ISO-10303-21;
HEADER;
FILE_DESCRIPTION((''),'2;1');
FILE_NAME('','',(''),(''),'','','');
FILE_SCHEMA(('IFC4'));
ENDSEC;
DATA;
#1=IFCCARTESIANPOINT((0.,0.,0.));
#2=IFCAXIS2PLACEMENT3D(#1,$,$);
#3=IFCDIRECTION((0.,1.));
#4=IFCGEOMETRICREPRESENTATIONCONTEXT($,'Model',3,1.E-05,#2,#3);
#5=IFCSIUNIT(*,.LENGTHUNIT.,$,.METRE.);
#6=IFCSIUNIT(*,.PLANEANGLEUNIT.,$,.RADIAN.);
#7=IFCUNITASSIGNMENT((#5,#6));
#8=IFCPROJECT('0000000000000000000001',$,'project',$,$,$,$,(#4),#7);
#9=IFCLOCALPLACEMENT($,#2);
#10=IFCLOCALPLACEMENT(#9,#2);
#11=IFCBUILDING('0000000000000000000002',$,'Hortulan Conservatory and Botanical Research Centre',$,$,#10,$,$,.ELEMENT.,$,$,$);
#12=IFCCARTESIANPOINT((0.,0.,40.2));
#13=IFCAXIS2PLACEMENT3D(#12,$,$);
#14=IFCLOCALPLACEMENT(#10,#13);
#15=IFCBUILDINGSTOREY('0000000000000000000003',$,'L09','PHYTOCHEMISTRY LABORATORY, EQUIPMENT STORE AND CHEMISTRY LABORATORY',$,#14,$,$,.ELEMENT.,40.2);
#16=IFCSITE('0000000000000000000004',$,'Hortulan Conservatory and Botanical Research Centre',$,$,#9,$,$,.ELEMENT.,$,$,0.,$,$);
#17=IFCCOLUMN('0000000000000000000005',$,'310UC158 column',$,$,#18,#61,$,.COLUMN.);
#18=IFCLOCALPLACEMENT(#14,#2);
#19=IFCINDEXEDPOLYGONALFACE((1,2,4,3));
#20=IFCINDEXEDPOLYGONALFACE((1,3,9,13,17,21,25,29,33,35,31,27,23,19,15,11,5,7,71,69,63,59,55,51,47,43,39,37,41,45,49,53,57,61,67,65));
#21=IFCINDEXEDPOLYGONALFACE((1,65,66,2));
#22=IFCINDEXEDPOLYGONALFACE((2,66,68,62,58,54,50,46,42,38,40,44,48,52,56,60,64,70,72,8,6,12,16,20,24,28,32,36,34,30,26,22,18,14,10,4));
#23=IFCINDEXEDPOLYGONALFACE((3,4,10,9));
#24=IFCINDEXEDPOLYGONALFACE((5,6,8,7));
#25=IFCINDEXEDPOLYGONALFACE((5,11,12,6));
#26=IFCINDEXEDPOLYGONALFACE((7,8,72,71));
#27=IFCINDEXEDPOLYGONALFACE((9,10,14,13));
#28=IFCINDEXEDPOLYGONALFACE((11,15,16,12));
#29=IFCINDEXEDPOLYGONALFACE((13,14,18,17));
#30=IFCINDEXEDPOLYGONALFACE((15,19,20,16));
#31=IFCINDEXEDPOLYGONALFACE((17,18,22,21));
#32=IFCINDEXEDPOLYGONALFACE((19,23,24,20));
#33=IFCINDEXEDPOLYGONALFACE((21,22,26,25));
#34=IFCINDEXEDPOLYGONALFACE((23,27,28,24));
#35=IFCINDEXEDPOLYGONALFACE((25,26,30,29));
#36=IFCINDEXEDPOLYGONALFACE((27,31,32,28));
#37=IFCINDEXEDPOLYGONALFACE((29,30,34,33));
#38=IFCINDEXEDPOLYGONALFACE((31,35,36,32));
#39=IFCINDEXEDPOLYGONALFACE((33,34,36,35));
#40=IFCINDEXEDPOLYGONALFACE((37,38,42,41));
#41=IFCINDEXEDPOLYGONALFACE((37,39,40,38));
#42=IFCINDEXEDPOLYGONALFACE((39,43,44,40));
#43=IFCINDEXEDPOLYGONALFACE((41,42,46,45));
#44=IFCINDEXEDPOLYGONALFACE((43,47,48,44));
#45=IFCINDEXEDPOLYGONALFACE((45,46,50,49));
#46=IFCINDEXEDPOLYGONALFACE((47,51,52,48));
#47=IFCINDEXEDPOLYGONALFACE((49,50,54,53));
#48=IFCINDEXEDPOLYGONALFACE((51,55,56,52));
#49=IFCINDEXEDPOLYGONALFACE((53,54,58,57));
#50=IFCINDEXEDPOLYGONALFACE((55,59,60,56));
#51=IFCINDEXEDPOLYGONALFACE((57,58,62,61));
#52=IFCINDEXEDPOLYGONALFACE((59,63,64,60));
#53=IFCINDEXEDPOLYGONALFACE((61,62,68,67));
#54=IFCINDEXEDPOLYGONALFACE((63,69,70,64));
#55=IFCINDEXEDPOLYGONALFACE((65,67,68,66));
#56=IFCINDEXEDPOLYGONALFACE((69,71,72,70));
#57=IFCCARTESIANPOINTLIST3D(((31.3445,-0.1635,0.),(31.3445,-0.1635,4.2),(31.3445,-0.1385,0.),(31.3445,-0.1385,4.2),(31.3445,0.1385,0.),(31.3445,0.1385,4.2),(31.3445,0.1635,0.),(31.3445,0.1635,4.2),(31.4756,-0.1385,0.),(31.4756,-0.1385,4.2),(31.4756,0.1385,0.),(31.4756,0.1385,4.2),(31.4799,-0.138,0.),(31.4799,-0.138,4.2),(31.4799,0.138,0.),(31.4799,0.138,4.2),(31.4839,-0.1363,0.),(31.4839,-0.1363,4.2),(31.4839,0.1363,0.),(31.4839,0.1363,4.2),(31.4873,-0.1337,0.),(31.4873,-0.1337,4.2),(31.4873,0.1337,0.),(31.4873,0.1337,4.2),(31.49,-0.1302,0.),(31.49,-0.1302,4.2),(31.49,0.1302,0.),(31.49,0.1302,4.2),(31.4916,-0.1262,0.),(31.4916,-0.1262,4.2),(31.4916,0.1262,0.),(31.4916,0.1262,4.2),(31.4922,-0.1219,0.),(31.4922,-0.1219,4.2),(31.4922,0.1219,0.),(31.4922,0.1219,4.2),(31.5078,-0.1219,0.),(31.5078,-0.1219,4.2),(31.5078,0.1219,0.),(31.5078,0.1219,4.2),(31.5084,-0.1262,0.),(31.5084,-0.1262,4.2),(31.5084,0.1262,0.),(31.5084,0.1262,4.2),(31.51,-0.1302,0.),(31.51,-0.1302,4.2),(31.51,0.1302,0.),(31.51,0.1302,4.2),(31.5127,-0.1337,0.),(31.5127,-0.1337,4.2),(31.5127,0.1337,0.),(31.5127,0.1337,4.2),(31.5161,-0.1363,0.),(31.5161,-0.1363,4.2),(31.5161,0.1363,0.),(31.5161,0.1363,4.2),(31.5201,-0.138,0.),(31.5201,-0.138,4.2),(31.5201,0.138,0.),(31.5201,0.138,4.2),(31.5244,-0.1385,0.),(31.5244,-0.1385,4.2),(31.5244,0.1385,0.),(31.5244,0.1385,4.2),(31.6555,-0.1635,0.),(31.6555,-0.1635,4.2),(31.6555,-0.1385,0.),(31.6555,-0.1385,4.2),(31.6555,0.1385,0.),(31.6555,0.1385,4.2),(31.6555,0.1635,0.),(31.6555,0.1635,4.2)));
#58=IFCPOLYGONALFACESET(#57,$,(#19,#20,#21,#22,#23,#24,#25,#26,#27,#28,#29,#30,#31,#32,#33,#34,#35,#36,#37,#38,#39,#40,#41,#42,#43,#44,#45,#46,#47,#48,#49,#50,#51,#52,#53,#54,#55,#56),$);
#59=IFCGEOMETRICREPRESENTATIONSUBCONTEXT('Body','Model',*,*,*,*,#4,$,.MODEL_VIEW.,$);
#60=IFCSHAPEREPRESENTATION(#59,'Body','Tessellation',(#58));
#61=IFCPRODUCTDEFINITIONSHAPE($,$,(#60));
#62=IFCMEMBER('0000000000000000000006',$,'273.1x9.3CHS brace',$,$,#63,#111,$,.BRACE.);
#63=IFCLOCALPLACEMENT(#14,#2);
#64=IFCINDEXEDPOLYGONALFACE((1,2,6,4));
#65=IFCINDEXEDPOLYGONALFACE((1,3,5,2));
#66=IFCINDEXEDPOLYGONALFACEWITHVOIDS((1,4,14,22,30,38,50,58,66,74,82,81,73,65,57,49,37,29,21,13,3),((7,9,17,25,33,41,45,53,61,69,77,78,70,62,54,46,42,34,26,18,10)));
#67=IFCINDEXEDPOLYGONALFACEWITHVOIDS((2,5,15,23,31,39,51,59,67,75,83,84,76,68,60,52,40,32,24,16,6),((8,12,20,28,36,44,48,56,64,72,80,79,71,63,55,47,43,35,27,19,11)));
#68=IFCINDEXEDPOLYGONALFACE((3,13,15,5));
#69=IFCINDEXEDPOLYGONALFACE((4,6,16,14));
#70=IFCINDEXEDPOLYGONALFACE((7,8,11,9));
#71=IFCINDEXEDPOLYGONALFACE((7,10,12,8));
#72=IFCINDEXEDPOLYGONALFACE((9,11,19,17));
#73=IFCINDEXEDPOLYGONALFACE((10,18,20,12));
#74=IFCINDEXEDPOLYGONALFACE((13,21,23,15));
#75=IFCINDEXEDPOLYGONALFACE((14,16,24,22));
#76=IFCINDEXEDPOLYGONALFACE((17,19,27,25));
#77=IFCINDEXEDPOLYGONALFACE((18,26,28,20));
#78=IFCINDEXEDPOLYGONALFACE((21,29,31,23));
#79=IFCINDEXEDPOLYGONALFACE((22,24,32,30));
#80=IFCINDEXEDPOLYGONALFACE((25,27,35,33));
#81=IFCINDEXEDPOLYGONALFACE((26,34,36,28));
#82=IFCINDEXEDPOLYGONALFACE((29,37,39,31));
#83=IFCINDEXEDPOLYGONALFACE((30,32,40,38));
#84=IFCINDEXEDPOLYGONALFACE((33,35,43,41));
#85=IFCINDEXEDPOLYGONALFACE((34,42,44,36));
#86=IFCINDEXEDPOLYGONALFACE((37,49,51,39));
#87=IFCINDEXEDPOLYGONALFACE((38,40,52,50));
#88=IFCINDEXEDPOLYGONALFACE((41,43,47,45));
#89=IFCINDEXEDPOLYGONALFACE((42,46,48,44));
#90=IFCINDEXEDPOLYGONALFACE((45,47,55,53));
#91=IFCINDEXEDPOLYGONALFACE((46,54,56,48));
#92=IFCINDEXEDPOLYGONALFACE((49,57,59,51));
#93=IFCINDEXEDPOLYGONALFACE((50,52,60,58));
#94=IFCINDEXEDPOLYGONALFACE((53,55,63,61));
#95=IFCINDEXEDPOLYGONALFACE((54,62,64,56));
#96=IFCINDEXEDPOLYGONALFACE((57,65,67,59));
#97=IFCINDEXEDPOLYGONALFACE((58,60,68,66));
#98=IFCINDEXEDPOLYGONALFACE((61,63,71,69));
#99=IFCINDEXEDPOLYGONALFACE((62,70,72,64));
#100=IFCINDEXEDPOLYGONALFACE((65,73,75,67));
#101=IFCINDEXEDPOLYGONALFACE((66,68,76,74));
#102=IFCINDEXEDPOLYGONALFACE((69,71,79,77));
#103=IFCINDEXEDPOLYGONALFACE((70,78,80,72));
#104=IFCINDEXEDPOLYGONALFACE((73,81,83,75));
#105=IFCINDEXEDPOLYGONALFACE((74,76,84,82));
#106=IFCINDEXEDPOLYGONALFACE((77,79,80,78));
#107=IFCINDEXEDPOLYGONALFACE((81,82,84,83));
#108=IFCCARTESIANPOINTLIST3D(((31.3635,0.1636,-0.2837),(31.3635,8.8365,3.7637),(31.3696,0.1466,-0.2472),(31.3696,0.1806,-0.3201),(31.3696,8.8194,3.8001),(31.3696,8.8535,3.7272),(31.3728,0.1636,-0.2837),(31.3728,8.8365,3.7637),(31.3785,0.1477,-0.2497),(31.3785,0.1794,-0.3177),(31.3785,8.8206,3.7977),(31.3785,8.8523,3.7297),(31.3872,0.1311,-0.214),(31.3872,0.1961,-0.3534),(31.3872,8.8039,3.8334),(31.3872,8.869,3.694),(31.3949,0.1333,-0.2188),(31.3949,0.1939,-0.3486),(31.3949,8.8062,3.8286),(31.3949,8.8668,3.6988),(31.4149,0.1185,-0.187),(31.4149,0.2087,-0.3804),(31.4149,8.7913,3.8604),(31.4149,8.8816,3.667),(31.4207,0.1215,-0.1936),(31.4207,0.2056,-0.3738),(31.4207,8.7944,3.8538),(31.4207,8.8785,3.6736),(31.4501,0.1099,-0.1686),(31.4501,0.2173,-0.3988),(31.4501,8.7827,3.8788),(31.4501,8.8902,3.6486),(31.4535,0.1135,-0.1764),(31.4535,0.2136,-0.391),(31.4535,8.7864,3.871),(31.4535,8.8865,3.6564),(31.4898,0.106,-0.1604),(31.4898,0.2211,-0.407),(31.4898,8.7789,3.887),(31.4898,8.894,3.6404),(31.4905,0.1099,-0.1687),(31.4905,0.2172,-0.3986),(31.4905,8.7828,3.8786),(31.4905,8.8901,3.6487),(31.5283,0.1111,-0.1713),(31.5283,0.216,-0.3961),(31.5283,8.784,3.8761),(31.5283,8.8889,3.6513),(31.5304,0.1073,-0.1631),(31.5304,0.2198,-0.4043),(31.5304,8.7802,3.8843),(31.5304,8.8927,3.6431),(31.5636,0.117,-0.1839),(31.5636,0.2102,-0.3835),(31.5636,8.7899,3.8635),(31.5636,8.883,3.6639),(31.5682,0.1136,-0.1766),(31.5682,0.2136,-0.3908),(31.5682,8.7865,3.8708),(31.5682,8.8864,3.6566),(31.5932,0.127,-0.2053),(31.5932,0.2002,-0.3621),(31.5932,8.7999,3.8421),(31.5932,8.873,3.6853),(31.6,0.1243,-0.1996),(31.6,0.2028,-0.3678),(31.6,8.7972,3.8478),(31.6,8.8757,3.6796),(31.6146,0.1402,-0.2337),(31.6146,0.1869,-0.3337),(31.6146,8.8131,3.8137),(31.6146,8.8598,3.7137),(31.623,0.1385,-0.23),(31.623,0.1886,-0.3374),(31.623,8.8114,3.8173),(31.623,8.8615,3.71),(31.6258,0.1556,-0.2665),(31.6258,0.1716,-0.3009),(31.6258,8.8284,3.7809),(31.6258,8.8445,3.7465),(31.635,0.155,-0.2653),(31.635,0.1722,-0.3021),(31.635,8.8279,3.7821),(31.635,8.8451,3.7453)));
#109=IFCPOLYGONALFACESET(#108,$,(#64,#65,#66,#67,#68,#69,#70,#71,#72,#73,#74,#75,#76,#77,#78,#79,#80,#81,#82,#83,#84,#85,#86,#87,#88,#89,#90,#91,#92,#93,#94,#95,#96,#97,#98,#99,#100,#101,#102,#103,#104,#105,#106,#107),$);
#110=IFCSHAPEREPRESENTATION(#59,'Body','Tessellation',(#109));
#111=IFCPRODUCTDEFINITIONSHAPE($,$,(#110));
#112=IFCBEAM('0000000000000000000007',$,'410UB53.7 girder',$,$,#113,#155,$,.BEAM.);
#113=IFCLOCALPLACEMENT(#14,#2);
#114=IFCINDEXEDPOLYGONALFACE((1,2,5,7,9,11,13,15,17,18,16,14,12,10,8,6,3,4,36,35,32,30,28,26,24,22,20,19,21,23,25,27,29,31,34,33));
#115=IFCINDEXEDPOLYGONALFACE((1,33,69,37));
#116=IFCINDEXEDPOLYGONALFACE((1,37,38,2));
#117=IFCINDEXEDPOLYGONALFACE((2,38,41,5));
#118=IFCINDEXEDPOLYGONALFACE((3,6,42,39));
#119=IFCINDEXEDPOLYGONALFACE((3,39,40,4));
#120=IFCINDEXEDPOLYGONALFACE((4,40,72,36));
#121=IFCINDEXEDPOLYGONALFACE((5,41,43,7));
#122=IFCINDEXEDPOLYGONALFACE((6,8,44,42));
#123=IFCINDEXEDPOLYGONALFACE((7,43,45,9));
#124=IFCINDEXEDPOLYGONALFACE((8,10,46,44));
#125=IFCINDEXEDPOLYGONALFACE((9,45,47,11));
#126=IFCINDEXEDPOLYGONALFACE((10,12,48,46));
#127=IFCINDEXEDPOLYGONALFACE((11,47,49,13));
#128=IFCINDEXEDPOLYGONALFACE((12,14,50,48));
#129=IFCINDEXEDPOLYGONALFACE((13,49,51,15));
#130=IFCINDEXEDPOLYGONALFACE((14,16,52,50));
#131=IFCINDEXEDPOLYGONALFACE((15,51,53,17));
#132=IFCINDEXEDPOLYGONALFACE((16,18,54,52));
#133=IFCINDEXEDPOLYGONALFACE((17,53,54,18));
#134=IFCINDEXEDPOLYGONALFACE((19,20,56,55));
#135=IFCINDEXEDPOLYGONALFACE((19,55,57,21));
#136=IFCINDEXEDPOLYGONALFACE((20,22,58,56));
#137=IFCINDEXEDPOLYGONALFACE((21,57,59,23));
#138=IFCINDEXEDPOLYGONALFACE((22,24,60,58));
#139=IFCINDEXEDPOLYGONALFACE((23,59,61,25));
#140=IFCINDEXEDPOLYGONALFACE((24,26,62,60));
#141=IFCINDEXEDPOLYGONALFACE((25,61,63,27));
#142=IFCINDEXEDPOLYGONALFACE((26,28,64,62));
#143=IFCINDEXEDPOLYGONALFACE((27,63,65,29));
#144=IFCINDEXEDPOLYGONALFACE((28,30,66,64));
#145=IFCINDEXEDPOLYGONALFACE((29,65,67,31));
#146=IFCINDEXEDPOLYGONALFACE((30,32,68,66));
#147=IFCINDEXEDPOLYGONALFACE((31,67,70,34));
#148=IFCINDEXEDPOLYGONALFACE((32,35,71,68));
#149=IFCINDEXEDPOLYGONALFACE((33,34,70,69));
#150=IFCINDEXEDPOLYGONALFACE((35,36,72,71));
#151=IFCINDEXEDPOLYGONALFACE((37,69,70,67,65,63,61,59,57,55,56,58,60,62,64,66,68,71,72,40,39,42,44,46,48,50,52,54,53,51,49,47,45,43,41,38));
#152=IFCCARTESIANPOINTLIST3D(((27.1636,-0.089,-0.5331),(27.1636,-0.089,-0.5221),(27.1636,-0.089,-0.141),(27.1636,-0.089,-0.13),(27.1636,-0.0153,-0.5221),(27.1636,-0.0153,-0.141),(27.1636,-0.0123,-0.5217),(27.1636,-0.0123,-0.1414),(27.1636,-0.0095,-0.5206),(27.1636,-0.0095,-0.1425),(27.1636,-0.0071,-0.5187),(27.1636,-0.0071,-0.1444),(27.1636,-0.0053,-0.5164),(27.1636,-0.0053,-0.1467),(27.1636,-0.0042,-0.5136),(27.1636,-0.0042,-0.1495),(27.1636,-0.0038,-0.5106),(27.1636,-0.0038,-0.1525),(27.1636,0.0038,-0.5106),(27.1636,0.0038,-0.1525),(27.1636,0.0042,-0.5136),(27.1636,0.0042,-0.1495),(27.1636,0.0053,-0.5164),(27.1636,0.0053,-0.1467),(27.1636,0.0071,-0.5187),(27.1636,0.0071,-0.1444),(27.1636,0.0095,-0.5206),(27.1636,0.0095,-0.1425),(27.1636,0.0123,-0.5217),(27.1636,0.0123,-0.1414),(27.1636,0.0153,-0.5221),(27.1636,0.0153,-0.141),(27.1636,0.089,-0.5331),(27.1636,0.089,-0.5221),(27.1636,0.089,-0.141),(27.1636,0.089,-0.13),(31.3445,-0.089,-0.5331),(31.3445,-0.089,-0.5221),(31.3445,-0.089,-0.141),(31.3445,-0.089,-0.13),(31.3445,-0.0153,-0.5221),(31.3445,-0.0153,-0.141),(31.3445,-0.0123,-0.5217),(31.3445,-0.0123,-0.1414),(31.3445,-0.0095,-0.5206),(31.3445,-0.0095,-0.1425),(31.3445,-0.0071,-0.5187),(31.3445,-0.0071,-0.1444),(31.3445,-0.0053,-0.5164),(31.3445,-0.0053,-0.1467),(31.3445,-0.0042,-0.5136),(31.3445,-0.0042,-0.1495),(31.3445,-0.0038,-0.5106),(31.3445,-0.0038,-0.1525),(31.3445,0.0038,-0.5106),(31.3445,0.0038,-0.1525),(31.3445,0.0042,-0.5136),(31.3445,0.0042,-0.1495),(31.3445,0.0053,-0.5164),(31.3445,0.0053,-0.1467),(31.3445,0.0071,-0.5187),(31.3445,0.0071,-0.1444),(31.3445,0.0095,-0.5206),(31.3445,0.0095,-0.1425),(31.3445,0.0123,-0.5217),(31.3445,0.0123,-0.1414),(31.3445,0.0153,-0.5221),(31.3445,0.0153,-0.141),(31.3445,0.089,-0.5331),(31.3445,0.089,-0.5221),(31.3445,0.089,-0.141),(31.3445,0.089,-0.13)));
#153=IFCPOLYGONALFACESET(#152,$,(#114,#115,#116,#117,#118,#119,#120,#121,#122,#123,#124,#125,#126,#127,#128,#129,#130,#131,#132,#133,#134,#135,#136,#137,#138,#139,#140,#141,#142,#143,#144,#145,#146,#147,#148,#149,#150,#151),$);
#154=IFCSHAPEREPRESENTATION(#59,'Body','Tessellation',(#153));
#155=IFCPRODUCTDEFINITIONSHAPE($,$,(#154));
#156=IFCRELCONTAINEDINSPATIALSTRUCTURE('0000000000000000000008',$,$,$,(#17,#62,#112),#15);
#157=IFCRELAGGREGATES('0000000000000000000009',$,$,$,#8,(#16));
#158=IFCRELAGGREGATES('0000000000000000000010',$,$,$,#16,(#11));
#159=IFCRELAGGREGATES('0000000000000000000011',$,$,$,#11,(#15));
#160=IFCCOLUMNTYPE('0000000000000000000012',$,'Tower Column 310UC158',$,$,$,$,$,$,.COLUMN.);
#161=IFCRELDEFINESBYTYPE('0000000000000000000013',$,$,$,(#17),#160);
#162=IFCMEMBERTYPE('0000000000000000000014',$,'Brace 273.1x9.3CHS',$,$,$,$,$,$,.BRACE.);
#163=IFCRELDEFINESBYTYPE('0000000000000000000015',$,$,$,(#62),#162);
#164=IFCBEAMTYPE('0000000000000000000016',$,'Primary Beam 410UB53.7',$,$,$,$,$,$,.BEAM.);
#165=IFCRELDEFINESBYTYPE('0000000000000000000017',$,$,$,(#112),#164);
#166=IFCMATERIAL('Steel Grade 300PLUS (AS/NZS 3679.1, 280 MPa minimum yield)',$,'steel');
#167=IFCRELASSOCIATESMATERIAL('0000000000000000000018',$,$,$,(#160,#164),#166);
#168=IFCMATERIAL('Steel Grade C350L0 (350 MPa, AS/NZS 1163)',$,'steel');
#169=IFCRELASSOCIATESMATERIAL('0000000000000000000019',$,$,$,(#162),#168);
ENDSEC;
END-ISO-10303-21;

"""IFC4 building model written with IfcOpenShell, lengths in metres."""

from ifc_helpers import new_model, si_unit, direction, frame, origin, origin_2d, place, context, subcontext, project, spatial, hollow_circle, i_section, extrude, material, material_profile, profile_set, type_object, element, save


model = new_model("IFC4")

# Units and contexts
model_context = context("Model", 3, precision=1e-05, world=origin(), true_north=direction((0.0, 1.0)))
body_context = subcontext(model_context, "Body", "Model", "MODEL_VIEW")
ifc_project = project(units=[si_unit("LENGTHUNIT", "METRE"), si_unit("PLANEANGLEUNIT", "RADIAN")], contexts=[model_context])

# Site, building, storey
site_placement = place(None, origin())
site = spatial("IfcSite", under=ifc_project, at=site_placement, Name="Hortulan Conservatory and Botanical Research Centre", CompositionType="ELEMENT", RefElevation=0.0)
building_placement = place(site_placement, origin())
building = spatial("IfcBuilding", under=site, at=building_placement, Name="Hortulan Conservatory and Botanical Research Centre", CompositionType="ELEMENT")
storey_placement = place(building_placement, frame((0.0, 0.0, 40.2)))
storey = spatial("IfcBuildingStorey", under=building, at=storey_placement, Name="L09", Description="PHYTOCHEMISTRY LABORATORY, EQUIPMENT STORE AND CHEMISTRY LABORATORY", CompositionType="ELEMENT", Elevation=40.2)

# Column
ifc_material_1 = material(Name="Steel Grade 300PLUS (AS/NZS 3679.1, 280 MPa minimum yield)", Category="steel")
ifc_material_profile_1 = material_profile(ifc_material_1, i_section(OverallWidth=0.311, OverallDepth=0.3269, WebThickness=0.0156, FlangeThickness=0.0249, FilletRadius=0.0166, at=origin_2d()), Name="310UC158")
ifc_profile_set_1 = profile_set([ifc_material_profile_1], Name="Steel Grade 300PLUS (AS/NZS 3679.1, 280 MPa minimum yield)")
column_type = type_object("IfcColumnType", Name="Tower Column 310UC158", PredefinedType="COLUMN", material=ifc_profile_set_1)
column_placement = place(storey_placement, frame((31.5, 0.0, 0.0), z_axis=(0.0, 0.0, 1.0), x_axis=(1.0, 0.0, 0.0)))
element("IfcColumn", 1, at=column_placement, inside=storey, type_object=column_type, Name="310UC158 column", PredefinedType="COLUMN", context=body_context, shape_type="SweptSolid", body=[
    extrude(i_section(OverallWidth=0.311, OverallDepth=0.3269, WebThickness=0.0156, FlangeThickness=0.0249, FilletRadius=0.0166, at=origin_2d()), origin(), (0.0, 0.0, 1.0), 4.2),
])

# Member
ifc_material_2 = material(Name="Steel Grade C350L0 (350 MPa, AS/NZS 1163)", Category="steel")
ifc_material_profile_2 = material_profile(ifc_material_2, hollow_circle(Radius=0.1365, WallThickness=0.0093, at=origin_2d()), Name="273.1x9.3CHS")
ifc_profile_set_2 = profile_set([ifc_material_profile_2], Name="Steel Grade C350L0 (350 MPa, AS/NZS 1163)")
member_type = type_object("IfcMemberType", Name="Brace 273.1x9.3CHS", PredefinedType="BRACE", material=ifc_profile_set_2)
member_placement = place(storey_placement, frame((31.5, 0.1636, -0.2837), z_axis=(0.0, 0.906182, 0.422888), x_axis=(-1.0, 0.0, 0.0)))
element("IfcMember", 2, at=member_placement, inside=storey, type_object=member_type, Name="273.1x9.3CHS brace", PredefinedType="BRACE", context=body_context, shape_type="SweptSolid", body=[
    extrude(hollow_circle(Radius=0.1365, WallThickness=0.0093, at=origin_2d()), origin(), (0.0, 0.0, 1.0), 9.5708),
])

# Beam
ifc_material_profile_3 = material_profile(ifc_material_1, i_section(OverallWidth=0.178, OverallDepth=0.4031, WebThickness=0.0076, FlangeThickness=0.011, FilletRadius=0.0115, at=origin_2d()), Name="410UB53.7")
ifc_profile_set_3 = profile_set([ifc_material_profile_3], Name="Steel Grade 300PLUS (AS/NZS 3679.1, 280 MPa minimum yield)")
beam_type_1 = type_object("IfcBeamType", Name="Primary Beam 410UB53.7", PredefinedType="BEAM", material=ifc_profile_set_3)
beam_1_placement = place(storey_placement, frame((27.1636, 0.0, -0.3315), z_axis=(1.0, 0.0, 0.0), x_axis=(0.0, 1.0, 0.0)))
element("IfcBeam", 3, at=beam_1_placement, inside=storey, type_object=beam_type_1, Name="410UB53.7 girder", PredefinedType="BEAM", context=body_context, shape_type="SweptSolid", body=[
    extrude(i_section(OverallWidth=0.178, OverallDepth=0.4031, WebThickness=0.0076, FlangeThickness=0.011, FilletRadius=0.0115, at=origin_2d()), origin(), (0.0, 0.0, 1.0), 4.1809),
])

save(model, "model.ifc")
